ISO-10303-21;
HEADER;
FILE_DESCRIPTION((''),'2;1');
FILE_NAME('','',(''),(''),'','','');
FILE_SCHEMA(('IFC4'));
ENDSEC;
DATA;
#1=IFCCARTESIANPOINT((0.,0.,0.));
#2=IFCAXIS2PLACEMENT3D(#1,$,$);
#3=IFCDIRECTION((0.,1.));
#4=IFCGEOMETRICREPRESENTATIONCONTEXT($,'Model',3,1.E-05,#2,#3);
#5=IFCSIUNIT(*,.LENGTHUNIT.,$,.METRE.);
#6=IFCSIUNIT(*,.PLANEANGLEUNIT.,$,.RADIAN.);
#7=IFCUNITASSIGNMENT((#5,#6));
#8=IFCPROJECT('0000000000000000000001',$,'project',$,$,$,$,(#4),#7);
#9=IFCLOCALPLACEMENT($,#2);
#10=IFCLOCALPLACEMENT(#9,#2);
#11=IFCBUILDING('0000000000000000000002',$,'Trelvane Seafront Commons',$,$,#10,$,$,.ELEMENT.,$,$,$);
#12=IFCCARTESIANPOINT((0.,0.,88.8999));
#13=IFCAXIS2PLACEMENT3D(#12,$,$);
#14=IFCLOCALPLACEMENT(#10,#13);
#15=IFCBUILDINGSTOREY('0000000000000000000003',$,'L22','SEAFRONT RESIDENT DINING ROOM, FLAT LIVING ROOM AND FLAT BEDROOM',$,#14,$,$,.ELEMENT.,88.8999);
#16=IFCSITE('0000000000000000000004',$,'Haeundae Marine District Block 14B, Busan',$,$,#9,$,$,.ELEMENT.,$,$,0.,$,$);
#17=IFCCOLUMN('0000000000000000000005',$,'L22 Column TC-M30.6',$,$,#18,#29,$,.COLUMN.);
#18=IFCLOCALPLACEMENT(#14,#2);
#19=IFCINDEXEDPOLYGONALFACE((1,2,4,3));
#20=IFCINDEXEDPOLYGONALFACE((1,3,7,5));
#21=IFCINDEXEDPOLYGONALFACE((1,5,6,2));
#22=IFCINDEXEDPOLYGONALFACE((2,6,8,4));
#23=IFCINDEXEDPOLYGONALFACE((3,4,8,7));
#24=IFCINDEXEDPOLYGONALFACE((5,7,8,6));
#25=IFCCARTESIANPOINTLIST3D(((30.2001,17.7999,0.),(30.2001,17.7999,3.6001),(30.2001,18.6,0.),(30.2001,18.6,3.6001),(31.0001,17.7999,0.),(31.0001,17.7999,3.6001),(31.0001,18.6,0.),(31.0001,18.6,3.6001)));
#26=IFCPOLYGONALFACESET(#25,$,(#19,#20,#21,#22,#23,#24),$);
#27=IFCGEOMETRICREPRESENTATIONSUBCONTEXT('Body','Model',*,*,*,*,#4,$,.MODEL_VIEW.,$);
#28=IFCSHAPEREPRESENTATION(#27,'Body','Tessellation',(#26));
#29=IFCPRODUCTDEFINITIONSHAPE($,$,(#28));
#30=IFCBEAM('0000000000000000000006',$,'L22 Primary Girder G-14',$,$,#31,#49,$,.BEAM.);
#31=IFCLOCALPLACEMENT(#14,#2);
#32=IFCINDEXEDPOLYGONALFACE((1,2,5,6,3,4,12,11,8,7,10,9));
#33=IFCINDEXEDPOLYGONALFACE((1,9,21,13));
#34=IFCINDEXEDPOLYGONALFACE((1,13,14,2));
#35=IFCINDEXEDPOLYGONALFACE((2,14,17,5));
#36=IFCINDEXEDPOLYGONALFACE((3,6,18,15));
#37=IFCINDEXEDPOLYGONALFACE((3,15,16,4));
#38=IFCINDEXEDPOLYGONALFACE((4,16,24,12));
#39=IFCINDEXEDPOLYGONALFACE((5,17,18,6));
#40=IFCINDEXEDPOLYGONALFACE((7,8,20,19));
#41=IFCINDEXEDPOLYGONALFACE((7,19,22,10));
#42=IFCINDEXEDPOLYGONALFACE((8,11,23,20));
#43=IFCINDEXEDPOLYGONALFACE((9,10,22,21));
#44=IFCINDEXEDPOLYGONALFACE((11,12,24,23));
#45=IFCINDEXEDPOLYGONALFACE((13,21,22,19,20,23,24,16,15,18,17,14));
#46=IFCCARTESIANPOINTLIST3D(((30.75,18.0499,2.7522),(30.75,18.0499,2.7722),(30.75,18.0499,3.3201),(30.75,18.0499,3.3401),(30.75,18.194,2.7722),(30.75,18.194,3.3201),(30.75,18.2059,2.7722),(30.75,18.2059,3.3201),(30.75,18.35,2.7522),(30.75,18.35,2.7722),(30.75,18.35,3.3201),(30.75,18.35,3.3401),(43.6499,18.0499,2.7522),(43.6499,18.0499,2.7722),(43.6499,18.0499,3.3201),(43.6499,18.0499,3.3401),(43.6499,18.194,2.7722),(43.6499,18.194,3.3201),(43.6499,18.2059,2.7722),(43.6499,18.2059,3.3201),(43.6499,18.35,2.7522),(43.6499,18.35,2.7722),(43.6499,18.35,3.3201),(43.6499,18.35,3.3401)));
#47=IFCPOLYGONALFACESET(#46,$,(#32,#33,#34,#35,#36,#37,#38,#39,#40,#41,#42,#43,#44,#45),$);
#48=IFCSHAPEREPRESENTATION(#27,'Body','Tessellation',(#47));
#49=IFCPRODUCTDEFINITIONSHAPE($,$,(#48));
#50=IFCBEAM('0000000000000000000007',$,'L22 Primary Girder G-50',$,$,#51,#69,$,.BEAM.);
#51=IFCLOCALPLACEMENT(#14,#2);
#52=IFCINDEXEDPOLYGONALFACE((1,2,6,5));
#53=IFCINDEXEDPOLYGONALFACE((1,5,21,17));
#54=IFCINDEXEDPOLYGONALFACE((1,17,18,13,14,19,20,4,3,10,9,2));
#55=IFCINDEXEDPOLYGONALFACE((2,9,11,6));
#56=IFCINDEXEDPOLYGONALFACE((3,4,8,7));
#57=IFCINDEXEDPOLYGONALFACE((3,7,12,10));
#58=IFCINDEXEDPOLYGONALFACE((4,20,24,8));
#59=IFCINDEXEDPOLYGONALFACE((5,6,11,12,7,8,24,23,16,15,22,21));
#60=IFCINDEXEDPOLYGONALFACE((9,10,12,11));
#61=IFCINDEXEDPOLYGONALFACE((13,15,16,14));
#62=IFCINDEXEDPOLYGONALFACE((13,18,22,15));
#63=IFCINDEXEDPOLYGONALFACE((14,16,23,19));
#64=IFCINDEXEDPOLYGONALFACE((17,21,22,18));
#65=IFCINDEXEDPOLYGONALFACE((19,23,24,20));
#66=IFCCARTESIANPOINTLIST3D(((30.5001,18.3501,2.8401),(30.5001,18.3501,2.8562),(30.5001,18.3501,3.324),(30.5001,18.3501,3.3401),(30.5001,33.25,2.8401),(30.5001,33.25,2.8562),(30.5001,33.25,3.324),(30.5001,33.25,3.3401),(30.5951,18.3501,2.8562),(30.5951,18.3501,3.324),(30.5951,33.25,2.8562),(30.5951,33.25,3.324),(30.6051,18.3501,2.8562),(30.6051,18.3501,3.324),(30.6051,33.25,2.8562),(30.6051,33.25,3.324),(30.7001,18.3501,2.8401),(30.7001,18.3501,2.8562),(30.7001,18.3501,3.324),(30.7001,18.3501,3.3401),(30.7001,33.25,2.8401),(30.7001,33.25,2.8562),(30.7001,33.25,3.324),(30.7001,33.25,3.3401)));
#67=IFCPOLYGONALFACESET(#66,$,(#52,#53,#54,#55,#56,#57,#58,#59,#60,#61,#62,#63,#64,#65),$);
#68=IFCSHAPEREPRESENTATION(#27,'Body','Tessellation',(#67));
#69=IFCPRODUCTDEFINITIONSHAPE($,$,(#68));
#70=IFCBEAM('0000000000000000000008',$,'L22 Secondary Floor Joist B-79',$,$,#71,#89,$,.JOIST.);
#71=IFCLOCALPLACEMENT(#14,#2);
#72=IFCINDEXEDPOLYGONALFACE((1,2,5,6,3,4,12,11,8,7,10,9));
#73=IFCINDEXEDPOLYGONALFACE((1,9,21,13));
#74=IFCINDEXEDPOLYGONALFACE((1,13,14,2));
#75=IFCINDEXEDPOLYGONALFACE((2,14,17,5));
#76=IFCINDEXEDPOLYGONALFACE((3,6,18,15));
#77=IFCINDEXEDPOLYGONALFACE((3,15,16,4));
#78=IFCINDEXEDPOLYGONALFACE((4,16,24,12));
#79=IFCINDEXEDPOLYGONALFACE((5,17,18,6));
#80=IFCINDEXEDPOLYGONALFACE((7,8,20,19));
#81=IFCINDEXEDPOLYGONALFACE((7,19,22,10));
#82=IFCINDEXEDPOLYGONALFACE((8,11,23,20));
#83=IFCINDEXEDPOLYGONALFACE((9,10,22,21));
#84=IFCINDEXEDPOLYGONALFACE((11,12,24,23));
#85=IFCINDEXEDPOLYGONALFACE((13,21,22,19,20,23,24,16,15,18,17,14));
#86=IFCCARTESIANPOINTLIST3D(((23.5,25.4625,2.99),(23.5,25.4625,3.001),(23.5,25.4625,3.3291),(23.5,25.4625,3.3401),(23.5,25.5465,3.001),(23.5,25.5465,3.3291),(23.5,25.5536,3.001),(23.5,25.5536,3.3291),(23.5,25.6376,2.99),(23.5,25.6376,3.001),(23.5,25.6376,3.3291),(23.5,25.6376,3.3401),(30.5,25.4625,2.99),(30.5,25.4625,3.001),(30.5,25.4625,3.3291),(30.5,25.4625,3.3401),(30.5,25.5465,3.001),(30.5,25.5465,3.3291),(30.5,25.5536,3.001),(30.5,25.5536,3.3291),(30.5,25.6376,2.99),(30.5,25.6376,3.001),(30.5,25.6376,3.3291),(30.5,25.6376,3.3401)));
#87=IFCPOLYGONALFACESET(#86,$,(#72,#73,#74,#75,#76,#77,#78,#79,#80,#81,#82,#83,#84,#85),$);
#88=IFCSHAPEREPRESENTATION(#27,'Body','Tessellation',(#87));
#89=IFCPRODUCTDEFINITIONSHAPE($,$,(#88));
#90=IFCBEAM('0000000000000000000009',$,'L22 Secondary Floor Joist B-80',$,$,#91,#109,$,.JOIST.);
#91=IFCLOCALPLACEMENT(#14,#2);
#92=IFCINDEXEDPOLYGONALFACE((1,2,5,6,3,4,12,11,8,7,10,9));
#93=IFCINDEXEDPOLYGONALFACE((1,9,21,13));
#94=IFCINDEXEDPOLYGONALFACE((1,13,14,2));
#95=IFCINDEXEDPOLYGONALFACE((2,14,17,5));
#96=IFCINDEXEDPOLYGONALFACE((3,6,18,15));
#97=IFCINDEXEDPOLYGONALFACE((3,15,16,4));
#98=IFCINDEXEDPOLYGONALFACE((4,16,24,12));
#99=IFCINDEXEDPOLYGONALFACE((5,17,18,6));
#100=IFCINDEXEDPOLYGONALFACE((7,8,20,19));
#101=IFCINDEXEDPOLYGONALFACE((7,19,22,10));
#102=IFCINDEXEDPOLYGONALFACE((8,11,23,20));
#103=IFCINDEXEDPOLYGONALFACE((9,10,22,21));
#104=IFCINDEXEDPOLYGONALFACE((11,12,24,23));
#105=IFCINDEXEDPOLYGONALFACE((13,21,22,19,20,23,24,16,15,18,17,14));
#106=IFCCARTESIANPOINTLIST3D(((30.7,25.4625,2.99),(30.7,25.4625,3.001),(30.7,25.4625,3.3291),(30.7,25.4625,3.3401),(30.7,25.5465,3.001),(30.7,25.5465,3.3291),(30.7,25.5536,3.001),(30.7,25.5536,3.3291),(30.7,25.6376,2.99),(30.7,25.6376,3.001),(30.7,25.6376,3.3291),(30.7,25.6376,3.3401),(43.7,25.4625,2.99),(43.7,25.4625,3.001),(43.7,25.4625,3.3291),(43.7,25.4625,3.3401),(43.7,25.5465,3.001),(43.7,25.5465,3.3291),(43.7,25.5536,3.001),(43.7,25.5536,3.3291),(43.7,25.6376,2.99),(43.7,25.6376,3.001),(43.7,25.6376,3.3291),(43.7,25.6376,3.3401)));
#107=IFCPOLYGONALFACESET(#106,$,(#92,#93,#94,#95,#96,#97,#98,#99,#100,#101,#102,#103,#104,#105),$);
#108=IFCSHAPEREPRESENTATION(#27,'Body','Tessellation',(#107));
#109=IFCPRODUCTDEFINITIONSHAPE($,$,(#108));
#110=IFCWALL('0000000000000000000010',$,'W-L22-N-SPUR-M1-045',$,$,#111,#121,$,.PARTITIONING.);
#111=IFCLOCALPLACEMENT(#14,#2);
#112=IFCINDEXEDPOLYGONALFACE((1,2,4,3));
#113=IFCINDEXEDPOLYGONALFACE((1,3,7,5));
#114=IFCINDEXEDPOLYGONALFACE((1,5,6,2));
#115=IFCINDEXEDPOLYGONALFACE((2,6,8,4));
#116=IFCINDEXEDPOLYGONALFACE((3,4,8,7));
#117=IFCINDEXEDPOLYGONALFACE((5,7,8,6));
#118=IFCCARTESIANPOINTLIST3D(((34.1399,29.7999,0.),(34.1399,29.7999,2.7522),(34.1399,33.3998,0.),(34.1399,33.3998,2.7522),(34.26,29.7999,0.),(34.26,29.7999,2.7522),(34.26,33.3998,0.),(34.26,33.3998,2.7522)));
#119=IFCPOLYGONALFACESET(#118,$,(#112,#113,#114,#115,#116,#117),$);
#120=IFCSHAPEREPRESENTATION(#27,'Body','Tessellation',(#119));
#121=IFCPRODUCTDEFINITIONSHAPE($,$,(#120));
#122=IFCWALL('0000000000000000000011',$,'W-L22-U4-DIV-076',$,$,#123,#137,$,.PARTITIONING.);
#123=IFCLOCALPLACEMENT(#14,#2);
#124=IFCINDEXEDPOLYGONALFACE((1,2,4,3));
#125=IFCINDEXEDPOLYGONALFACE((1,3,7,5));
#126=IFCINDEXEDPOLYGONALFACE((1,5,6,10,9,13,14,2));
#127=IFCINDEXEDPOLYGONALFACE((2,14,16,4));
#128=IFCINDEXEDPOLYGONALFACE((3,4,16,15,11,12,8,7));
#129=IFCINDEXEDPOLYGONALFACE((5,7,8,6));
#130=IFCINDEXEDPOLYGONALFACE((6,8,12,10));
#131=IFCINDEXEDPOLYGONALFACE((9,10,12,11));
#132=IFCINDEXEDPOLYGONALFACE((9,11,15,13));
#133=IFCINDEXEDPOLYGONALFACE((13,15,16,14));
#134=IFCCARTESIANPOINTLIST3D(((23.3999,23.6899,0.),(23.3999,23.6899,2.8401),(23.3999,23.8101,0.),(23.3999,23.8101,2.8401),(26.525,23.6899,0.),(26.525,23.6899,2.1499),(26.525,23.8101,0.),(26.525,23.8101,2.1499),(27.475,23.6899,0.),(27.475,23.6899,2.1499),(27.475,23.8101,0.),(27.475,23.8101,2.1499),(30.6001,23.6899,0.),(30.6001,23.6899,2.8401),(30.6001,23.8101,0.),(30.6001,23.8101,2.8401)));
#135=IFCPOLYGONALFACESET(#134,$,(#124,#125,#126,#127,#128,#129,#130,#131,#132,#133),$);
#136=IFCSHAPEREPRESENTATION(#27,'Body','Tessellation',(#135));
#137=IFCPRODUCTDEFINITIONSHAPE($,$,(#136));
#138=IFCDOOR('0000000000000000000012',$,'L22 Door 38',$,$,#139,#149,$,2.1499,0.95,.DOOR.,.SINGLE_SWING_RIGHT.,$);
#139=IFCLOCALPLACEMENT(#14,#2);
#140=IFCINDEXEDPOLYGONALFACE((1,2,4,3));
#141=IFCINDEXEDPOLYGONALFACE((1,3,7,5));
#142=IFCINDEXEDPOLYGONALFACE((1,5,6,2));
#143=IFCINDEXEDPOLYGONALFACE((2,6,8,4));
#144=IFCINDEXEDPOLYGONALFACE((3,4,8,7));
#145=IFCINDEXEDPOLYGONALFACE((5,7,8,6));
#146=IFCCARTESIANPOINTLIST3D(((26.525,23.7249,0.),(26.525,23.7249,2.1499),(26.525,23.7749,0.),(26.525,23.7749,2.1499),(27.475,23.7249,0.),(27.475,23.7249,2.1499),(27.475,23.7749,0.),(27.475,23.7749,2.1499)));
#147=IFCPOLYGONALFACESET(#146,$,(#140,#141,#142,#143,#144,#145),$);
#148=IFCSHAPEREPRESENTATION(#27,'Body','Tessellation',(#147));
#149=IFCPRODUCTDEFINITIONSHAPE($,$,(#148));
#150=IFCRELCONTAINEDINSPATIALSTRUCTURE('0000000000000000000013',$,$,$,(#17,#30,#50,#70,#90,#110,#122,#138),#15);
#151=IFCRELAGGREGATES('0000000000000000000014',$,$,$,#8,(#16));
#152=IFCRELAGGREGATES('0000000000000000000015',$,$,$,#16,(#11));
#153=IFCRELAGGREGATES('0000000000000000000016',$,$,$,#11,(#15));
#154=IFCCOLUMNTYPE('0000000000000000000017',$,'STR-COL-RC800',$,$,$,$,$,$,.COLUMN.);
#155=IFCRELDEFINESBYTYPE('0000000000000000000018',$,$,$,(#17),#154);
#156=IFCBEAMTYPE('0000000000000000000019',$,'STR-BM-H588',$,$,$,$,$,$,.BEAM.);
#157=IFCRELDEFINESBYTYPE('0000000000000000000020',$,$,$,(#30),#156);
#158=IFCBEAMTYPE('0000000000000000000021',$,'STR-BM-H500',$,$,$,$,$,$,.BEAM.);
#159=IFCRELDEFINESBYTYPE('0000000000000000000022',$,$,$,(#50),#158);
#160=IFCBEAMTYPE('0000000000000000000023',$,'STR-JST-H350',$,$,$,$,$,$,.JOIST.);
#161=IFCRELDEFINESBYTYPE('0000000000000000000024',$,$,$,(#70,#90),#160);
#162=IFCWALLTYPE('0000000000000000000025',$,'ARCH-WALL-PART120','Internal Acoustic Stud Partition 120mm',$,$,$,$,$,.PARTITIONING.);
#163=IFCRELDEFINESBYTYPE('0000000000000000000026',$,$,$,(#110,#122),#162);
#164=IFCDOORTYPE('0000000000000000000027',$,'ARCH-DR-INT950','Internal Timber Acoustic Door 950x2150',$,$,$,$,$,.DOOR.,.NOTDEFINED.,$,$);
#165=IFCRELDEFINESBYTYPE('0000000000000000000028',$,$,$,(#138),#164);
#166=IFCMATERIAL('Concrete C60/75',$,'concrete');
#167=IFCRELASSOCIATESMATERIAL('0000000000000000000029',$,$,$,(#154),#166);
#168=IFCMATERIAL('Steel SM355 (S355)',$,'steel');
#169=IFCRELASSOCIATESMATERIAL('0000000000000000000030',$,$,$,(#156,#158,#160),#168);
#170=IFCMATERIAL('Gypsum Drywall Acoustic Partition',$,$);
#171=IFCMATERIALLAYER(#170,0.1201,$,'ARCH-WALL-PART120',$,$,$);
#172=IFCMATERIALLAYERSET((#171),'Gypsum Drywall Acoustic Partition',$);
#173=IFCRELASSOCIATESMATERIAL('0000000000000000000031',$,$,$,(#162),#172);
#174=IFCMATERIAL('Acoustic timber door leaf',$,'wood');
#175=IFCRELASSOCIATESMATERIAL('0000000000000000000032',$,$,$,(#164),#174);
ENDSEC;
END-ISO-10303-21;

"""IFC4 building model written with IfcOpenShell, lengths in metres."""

from ifc_helpers import new_model, si_unit, direction, frame, frame_2d, origin, origin_2d, place, context, subcontext, project, spatial, rectangle, i_section, extrude, source, transform, mapped, material, layer, layer_set, material_profile, profile_set, type_object, element, fill, save


model = new_model("IFC4")

# Units and contexts
model_context = context("Model", 3, precision=1e-05, world=origin(), true_north=direction((0.0, 1.0)))
body_context = subcontext(model_context, "Body", "Model", "MODEL_VIEW")
ifc_project = project(units=[si_unit("LENGTHUNIT", "METRE"), si_unit("PLANEANGLEUNIT", "RADIAN")], contexts=[model_context])

# Site, building, storey
site_placement = place(None, origin())
site = spatial("IfcSite", under=ifc_project, at=site_placement, Name="Haeundae Marine District Block 14B, Busan", CompositionType="ELEMENT", RefElevation=0.0)
building_placement = place(site_placement, origin())
building = spatial("IfcBuilding", under=site, at=building_placement, Name="Trelvane Seafront Commons", CompositionType="ELEMENT")
storey_placement = place(building_placement, frame((0.0, 0.0, 88.8999)))
storey = spatial("IfcBuildingStorey", under=building, at=storey_placement, Name="L22", Description="SEAFRONT RESIDENT DINING ROOM, FLAT LIVING ROOM AND FLAT BEDROOM", CompositionType="ELEMENT", Elevation=88.8999)

# Column
ifc_material_1 = material(Name="Concrete C60/75", Category="concrete")
ifc_material_profile_1 = material_profile(ifc_material_1, rectangle(XDim=0.8, YDim=0.8, at=origin_2d()), Name="RC-800x800")
ifc_profile_set_1 = profile_set([ifc_material_profile_1], Name="Concrete C60/75")
column_type = type_object("IfcColumnType", Name="STR-COL-RC800", PredefinedType="COLUMN", material=ifc_profile_set_1)
shared_shape_1 = source(origin(), body_context, "Body", "SweptSolid", [
    extrude(rectangle(XDim=0.8, YDim=0.8, at=origin_2d()), origin(), (0.0, 0.0, 1.0), 3.6001),
])
column_placement = place(storey_placement, frame((30.6001, 18.2, 0.0), z_axis=(0.0, 0.0, 1.0), x_axis=(1.0, 0.0, 0.0)))
element("IfcColumn", 1, at=column_placement, inside=storey, type_object=column_type, Name="L22 Column TC-M30.6", PredefinedType="COLUMN", context=body_context, shape_type="MappedRepresentation", body=[
    mapped(shared_shape_1, transform((0.0, 0.0, 0.0), x_axis=(1.0, 0.0, 0.0), y_axis=(0.0, 1.0, 0.0), z_axis=(0.0, 0.0, 1.0), scale=1.0)),
])

# Beams
ifc_material_2 = material(Name="Steel SM355 (S355)", Category="steel")
ifc_material_profile_2 = material_profile(ifc_material_2, i_section(OverallWidth=0.3, OverallDepth=0.5879, WebThickness=0.012, FlangeThickness=0.02, at=origin_2d()), Name="H-588x300x12x20")
ifc_profile_set_2 = profile_set([ifc_material_profile_2], Name="Steel SM355 (S355)")
beam_type_1 = type_object("IfcBeamType", Name="STR-BM-H588", PredefinedType="BEAM", material=ifc_profile_set_2)
shared_shape_2 = source(origin(), body_context, "Body", "SweptSolid", [
    extrude(i_section(OverallWidth=0.3, OverallDepth=0.5879, WebThickness=0.012, FlangeThickness=0.02, at=origin_2d()), origin(), (0.0, 0.0, 1.0), 12.8999),
])
beam_1_placement = place(storey_placement, frame((30.75, 18.2, 3.0461), z_axis=(1.0, 0.0, 0.0), x_axis=(0.0, 1.0, 0.0)))
element("IfcBeam", 2, at=beam_1_placement, inside=storey, type_object=beam_type_1, Name="L22 Primary Girder G-14", PredefinedType="BEAM", context=body_context, shape_type="MappedRepresentation", body=[
    mapped(shared_shape_2, transform((0.0, 0.0, 0.0), x_axis=(1.0, 0.0, 0.0), y_axis=(0.0, 1.0, 0.0), z_axis=(0.0, 0.0, 1.0), scale=1.0)),
])
ifc_material_profile_3 = material_profile(ifc_material_2, i_section(OverallWidth=0.2, OverallDepth=0.5, WebThickness=0.01, FlangeThickness=0.0161, at=origin_2d()), Name="H-500x200x10x16")
ifc_profile_set_3 = profile_set([ifc_material_profile_3], Name="Steel SM355 (S355)")
beam_type_2 = type_object("IfcBeamType", Name="STR-BM-H500", PredefinedType="BEAM", material=ifc_profile_set_3)
shared_shape_3 = source(origin(), body_context, "Body", "SweptSolid", [
    extrude(i_section(OverallWidth=0.2, OverallDepth=0.5, WebThickness=0.01, FlangeThickness=0.0161, at=origin_2d()), origin(), (0.0, 0.0, 1.0), 14.8999),
])
beam_2_placement = place(storey_placement, frame((30.6001, 18.3501, 3.0901), z_axis=(0.0, 1.0, 0.0), x_axis=(-1.0, 0.0, 0.0)))
element("IfcBeam", 3, at=beam_2_placement, inside=storey, type_object=beam_type_2, Name="L22 Primary Girder G-50", PredefinedType="BEAM", context=body_context, shape_type="MappedRepresentation", body=[
    mapped(shared_shape_3, transform((0.0, 0.0, 0.0), x_axis=(1.0, 0.0, 0.0), y_axis=(0.0, 1.0, 0.0), z_axis=(0.0, 0.0, 1.0), scale=1.0)),
])
ifc_material_profile_4 = material_profile(ifc_material_2, i_section(OverallWidth=0.175, OverallDepth=0.3501, WebThickness=0.0071, FlangeThickness=0.011, at=origin_2d()), Name="H-350x175x7x11")
ifc_profile_set_4 = profile_set([ifc_material_profile_4], Name="Steel SM355 (S355)")
beam_type_3 = type_object("IfcBeamType", Name="STR-JST-H350", PredefinedType="JOIST", material=ifc_profile_set_4)
shared_shape_4 = source(origin(), body_context, "Body", "SweptSolid", [
    extrude(i_section(OverallWidth=0.175, OverallDepth=0.3501, WebThickness=0.0071, FlangeThickness=0.011, at=origin_2d()), origin(), (0.0, 0.0, 1.0), 7.0),
])
beam_3_placement = place(storey_placement, frame((23.5, 25.55, 3.165), z_axis=(1.0, 0.0, 0.0), x_axis=(0.0, 1.0, 0.0)))
element("IfcBeam", 4, at=beam_3_placement, inside=storey, type_object=beam_type_3, Name="L22 Secondary Floor Joist B-79", PredefinedType="JOIST", context=body_context, shape_type="MappedRepresentation", body=[
    mapped(shared_shape_4, transform((0.0, 0.0, 0.0), x_axis=(1.0, 0.0, 0.0), y_axis=(0.0, 1.0, 0.0), z_axis=(0.0, 0.0, 1.0), scale=1.0)),
])
shared_shape_5 = source(origin(), body_context, "Body", "SweptSolid", [
    extrude(i_section(OverallWidth=0.175, OverallDepth=0.3501, WebThickness=0.0071, FlangeThickness=0.011, at=origin_2d()), origin(), (0.0, 0.0, 1.0), 13.0),
])
beam_4_placement = place(storey_placement, frame((30.7, 25.55, 3.165), z_axis=(1.0, 0.0, 0.0), x_axis=(0.0, 1.0, 0.0)))
element("IfcBeam", 5, at=beam_4_placement, inside=storey, type_object=beam_type_3, Name="L22 Secondary Floor Joist B-80", PredefinedType="JOIST", context=body_context, shape_type="MappedRepresentation", body=[
    mapped(shared_shape_5, transform((0.0, 0.0, 0.0), x_axis=(1.0, 0.0, 0.0), y_axis=(0.0, 1.0, 0.0), z_axis=(0.0, 0.0, 1.0), scale=1.0)),
])

# Wall
ifc_material_3 = material(Name="Gypsum Drywall Acoustic Partition")
ifc_layer_1 = layer(ifc_material_3, 0.1201, Name="ARCH-WALL-PART120")
ifc_layer_set_1 = layer_set([ifc_layer_1], Name="Gypsum Drywall Acoustic Partition")
wall_type_1 = type_object("IfcWallType", Name="ARCH-WALL-PART120", Description="Internal Acoustic Stud Partition 120mm", PredefinedType="PARTITIONING", material=ifc_layer_set_1)
wall_1_placement = place(storey_placement, frame((34.2, 29.8, 0.0), z_axis=(0.0, 0.0, 1.0), x_axis=(0.0, 1.0, 0.0)))
element("IfcWall", 6, at=wall_1_placement, inside=storey, type_object=wall_type_1, Name="W-L22-N-SPUR-M1-045", PredefinedType="PARTITIONING", context=body_context, shape_type="SweptSolid", body=[
    extrude(rectangle(XDim=3.5999, YDim=0.1201, at=frame_2d((1.7998, 0.0))), origin(), (0.0, 0.0, 1.0), 2.7522),
])

# Wall, opening, door
wall_2_placement = place(storey_placement, frame((23.3999, 23.75, 0.0), z_axis=(0.0, 0.0, 1.0), x_axis=(1.0, 0.0, 0.0)))
wall_2 = element("IfcWall", 7, at=wall_2_placement, inside=storey, type_object=wall_type_1, Name="W-L22-U4-DIV-076", PredefinedType="PARTITIONING", context=body_context, shape_type="SweptSolid", body=[
    extrude(rectangle(XDim=7.2002, YDim=0.1201, at=frame_2d((3.6001, 0.0))), origin(), (0.0, 0.0, 1.0), 2.8401),
])
opening_1_placement = place(wall_2_placement, frame((3.125, 0.0, 0.0)))
opening_1 = element("IfcOpeningElement", 8, at=opening_1_placement, cuts=wall_2, PredefinedType="OPENING", context=body_context, shape_type="SweptSolid", body=[
    extrude(rectangle(XDim=0.95, YDim=2.1499, at=frame_2d((0.4751, 1.075))), frame((0.0, 0.0701, 0.0), z_axis=(0.0, -1.0, 0.0), x_axis=(1.0, 0.0, 0.0)), (0.0, 0.0, 1.0), 0.1401),
])
ifc_material_4 = material(Name="Acoustic timber door leaf", Category="wood")
door_type_1 = type_object("IfcDoorType", Name="ARCH-DR-INT950", Description="Internal Timber Acoustic Door 950x2150", OperationType="NOTDEFINED", PredefinedType="DOOR", material=ifc_material_4)
shared_shape_6 = source(origin(), body_context, "Body", "SweptSolid", [
    extrude(rectangle(XDim=0.95, YDim=2.1499, at=frame_2d((0.4751, 1.075))), frame((0.0, 0.0249, 0.0), z_axis=(0.0, -1.0, 0.0), x_axis=(1.0, 0.0, 0.0)), (0.0, 0.0, 1.0), 0.05),
])
door_1_placement = place(opening_1_placement, origin())
door_1 = element("IfcDoor", 9, at=door_1_placement, inside=storey, type_object=door_type_1, Name="L22 Door 38", OperationType="SINGLE_SWING_RIGHT", OverallHeight=2.1499, OverallWidth=0.95, PredefinedType="DOOR", context=body_context, shape_type="MappedRepresentation", body=[
    mapped(shared_shape_6, transform((0.0, 0.0, 0.0), x_axis=(1.0, 0.0, 0.0), y_axis=(0.0, 1.0, 0.0), z_axis=(0.0, 0.0, 1.0), scale=1.0)),
])
fill(opening_1, door_1)

save(model, "model.ifc")
